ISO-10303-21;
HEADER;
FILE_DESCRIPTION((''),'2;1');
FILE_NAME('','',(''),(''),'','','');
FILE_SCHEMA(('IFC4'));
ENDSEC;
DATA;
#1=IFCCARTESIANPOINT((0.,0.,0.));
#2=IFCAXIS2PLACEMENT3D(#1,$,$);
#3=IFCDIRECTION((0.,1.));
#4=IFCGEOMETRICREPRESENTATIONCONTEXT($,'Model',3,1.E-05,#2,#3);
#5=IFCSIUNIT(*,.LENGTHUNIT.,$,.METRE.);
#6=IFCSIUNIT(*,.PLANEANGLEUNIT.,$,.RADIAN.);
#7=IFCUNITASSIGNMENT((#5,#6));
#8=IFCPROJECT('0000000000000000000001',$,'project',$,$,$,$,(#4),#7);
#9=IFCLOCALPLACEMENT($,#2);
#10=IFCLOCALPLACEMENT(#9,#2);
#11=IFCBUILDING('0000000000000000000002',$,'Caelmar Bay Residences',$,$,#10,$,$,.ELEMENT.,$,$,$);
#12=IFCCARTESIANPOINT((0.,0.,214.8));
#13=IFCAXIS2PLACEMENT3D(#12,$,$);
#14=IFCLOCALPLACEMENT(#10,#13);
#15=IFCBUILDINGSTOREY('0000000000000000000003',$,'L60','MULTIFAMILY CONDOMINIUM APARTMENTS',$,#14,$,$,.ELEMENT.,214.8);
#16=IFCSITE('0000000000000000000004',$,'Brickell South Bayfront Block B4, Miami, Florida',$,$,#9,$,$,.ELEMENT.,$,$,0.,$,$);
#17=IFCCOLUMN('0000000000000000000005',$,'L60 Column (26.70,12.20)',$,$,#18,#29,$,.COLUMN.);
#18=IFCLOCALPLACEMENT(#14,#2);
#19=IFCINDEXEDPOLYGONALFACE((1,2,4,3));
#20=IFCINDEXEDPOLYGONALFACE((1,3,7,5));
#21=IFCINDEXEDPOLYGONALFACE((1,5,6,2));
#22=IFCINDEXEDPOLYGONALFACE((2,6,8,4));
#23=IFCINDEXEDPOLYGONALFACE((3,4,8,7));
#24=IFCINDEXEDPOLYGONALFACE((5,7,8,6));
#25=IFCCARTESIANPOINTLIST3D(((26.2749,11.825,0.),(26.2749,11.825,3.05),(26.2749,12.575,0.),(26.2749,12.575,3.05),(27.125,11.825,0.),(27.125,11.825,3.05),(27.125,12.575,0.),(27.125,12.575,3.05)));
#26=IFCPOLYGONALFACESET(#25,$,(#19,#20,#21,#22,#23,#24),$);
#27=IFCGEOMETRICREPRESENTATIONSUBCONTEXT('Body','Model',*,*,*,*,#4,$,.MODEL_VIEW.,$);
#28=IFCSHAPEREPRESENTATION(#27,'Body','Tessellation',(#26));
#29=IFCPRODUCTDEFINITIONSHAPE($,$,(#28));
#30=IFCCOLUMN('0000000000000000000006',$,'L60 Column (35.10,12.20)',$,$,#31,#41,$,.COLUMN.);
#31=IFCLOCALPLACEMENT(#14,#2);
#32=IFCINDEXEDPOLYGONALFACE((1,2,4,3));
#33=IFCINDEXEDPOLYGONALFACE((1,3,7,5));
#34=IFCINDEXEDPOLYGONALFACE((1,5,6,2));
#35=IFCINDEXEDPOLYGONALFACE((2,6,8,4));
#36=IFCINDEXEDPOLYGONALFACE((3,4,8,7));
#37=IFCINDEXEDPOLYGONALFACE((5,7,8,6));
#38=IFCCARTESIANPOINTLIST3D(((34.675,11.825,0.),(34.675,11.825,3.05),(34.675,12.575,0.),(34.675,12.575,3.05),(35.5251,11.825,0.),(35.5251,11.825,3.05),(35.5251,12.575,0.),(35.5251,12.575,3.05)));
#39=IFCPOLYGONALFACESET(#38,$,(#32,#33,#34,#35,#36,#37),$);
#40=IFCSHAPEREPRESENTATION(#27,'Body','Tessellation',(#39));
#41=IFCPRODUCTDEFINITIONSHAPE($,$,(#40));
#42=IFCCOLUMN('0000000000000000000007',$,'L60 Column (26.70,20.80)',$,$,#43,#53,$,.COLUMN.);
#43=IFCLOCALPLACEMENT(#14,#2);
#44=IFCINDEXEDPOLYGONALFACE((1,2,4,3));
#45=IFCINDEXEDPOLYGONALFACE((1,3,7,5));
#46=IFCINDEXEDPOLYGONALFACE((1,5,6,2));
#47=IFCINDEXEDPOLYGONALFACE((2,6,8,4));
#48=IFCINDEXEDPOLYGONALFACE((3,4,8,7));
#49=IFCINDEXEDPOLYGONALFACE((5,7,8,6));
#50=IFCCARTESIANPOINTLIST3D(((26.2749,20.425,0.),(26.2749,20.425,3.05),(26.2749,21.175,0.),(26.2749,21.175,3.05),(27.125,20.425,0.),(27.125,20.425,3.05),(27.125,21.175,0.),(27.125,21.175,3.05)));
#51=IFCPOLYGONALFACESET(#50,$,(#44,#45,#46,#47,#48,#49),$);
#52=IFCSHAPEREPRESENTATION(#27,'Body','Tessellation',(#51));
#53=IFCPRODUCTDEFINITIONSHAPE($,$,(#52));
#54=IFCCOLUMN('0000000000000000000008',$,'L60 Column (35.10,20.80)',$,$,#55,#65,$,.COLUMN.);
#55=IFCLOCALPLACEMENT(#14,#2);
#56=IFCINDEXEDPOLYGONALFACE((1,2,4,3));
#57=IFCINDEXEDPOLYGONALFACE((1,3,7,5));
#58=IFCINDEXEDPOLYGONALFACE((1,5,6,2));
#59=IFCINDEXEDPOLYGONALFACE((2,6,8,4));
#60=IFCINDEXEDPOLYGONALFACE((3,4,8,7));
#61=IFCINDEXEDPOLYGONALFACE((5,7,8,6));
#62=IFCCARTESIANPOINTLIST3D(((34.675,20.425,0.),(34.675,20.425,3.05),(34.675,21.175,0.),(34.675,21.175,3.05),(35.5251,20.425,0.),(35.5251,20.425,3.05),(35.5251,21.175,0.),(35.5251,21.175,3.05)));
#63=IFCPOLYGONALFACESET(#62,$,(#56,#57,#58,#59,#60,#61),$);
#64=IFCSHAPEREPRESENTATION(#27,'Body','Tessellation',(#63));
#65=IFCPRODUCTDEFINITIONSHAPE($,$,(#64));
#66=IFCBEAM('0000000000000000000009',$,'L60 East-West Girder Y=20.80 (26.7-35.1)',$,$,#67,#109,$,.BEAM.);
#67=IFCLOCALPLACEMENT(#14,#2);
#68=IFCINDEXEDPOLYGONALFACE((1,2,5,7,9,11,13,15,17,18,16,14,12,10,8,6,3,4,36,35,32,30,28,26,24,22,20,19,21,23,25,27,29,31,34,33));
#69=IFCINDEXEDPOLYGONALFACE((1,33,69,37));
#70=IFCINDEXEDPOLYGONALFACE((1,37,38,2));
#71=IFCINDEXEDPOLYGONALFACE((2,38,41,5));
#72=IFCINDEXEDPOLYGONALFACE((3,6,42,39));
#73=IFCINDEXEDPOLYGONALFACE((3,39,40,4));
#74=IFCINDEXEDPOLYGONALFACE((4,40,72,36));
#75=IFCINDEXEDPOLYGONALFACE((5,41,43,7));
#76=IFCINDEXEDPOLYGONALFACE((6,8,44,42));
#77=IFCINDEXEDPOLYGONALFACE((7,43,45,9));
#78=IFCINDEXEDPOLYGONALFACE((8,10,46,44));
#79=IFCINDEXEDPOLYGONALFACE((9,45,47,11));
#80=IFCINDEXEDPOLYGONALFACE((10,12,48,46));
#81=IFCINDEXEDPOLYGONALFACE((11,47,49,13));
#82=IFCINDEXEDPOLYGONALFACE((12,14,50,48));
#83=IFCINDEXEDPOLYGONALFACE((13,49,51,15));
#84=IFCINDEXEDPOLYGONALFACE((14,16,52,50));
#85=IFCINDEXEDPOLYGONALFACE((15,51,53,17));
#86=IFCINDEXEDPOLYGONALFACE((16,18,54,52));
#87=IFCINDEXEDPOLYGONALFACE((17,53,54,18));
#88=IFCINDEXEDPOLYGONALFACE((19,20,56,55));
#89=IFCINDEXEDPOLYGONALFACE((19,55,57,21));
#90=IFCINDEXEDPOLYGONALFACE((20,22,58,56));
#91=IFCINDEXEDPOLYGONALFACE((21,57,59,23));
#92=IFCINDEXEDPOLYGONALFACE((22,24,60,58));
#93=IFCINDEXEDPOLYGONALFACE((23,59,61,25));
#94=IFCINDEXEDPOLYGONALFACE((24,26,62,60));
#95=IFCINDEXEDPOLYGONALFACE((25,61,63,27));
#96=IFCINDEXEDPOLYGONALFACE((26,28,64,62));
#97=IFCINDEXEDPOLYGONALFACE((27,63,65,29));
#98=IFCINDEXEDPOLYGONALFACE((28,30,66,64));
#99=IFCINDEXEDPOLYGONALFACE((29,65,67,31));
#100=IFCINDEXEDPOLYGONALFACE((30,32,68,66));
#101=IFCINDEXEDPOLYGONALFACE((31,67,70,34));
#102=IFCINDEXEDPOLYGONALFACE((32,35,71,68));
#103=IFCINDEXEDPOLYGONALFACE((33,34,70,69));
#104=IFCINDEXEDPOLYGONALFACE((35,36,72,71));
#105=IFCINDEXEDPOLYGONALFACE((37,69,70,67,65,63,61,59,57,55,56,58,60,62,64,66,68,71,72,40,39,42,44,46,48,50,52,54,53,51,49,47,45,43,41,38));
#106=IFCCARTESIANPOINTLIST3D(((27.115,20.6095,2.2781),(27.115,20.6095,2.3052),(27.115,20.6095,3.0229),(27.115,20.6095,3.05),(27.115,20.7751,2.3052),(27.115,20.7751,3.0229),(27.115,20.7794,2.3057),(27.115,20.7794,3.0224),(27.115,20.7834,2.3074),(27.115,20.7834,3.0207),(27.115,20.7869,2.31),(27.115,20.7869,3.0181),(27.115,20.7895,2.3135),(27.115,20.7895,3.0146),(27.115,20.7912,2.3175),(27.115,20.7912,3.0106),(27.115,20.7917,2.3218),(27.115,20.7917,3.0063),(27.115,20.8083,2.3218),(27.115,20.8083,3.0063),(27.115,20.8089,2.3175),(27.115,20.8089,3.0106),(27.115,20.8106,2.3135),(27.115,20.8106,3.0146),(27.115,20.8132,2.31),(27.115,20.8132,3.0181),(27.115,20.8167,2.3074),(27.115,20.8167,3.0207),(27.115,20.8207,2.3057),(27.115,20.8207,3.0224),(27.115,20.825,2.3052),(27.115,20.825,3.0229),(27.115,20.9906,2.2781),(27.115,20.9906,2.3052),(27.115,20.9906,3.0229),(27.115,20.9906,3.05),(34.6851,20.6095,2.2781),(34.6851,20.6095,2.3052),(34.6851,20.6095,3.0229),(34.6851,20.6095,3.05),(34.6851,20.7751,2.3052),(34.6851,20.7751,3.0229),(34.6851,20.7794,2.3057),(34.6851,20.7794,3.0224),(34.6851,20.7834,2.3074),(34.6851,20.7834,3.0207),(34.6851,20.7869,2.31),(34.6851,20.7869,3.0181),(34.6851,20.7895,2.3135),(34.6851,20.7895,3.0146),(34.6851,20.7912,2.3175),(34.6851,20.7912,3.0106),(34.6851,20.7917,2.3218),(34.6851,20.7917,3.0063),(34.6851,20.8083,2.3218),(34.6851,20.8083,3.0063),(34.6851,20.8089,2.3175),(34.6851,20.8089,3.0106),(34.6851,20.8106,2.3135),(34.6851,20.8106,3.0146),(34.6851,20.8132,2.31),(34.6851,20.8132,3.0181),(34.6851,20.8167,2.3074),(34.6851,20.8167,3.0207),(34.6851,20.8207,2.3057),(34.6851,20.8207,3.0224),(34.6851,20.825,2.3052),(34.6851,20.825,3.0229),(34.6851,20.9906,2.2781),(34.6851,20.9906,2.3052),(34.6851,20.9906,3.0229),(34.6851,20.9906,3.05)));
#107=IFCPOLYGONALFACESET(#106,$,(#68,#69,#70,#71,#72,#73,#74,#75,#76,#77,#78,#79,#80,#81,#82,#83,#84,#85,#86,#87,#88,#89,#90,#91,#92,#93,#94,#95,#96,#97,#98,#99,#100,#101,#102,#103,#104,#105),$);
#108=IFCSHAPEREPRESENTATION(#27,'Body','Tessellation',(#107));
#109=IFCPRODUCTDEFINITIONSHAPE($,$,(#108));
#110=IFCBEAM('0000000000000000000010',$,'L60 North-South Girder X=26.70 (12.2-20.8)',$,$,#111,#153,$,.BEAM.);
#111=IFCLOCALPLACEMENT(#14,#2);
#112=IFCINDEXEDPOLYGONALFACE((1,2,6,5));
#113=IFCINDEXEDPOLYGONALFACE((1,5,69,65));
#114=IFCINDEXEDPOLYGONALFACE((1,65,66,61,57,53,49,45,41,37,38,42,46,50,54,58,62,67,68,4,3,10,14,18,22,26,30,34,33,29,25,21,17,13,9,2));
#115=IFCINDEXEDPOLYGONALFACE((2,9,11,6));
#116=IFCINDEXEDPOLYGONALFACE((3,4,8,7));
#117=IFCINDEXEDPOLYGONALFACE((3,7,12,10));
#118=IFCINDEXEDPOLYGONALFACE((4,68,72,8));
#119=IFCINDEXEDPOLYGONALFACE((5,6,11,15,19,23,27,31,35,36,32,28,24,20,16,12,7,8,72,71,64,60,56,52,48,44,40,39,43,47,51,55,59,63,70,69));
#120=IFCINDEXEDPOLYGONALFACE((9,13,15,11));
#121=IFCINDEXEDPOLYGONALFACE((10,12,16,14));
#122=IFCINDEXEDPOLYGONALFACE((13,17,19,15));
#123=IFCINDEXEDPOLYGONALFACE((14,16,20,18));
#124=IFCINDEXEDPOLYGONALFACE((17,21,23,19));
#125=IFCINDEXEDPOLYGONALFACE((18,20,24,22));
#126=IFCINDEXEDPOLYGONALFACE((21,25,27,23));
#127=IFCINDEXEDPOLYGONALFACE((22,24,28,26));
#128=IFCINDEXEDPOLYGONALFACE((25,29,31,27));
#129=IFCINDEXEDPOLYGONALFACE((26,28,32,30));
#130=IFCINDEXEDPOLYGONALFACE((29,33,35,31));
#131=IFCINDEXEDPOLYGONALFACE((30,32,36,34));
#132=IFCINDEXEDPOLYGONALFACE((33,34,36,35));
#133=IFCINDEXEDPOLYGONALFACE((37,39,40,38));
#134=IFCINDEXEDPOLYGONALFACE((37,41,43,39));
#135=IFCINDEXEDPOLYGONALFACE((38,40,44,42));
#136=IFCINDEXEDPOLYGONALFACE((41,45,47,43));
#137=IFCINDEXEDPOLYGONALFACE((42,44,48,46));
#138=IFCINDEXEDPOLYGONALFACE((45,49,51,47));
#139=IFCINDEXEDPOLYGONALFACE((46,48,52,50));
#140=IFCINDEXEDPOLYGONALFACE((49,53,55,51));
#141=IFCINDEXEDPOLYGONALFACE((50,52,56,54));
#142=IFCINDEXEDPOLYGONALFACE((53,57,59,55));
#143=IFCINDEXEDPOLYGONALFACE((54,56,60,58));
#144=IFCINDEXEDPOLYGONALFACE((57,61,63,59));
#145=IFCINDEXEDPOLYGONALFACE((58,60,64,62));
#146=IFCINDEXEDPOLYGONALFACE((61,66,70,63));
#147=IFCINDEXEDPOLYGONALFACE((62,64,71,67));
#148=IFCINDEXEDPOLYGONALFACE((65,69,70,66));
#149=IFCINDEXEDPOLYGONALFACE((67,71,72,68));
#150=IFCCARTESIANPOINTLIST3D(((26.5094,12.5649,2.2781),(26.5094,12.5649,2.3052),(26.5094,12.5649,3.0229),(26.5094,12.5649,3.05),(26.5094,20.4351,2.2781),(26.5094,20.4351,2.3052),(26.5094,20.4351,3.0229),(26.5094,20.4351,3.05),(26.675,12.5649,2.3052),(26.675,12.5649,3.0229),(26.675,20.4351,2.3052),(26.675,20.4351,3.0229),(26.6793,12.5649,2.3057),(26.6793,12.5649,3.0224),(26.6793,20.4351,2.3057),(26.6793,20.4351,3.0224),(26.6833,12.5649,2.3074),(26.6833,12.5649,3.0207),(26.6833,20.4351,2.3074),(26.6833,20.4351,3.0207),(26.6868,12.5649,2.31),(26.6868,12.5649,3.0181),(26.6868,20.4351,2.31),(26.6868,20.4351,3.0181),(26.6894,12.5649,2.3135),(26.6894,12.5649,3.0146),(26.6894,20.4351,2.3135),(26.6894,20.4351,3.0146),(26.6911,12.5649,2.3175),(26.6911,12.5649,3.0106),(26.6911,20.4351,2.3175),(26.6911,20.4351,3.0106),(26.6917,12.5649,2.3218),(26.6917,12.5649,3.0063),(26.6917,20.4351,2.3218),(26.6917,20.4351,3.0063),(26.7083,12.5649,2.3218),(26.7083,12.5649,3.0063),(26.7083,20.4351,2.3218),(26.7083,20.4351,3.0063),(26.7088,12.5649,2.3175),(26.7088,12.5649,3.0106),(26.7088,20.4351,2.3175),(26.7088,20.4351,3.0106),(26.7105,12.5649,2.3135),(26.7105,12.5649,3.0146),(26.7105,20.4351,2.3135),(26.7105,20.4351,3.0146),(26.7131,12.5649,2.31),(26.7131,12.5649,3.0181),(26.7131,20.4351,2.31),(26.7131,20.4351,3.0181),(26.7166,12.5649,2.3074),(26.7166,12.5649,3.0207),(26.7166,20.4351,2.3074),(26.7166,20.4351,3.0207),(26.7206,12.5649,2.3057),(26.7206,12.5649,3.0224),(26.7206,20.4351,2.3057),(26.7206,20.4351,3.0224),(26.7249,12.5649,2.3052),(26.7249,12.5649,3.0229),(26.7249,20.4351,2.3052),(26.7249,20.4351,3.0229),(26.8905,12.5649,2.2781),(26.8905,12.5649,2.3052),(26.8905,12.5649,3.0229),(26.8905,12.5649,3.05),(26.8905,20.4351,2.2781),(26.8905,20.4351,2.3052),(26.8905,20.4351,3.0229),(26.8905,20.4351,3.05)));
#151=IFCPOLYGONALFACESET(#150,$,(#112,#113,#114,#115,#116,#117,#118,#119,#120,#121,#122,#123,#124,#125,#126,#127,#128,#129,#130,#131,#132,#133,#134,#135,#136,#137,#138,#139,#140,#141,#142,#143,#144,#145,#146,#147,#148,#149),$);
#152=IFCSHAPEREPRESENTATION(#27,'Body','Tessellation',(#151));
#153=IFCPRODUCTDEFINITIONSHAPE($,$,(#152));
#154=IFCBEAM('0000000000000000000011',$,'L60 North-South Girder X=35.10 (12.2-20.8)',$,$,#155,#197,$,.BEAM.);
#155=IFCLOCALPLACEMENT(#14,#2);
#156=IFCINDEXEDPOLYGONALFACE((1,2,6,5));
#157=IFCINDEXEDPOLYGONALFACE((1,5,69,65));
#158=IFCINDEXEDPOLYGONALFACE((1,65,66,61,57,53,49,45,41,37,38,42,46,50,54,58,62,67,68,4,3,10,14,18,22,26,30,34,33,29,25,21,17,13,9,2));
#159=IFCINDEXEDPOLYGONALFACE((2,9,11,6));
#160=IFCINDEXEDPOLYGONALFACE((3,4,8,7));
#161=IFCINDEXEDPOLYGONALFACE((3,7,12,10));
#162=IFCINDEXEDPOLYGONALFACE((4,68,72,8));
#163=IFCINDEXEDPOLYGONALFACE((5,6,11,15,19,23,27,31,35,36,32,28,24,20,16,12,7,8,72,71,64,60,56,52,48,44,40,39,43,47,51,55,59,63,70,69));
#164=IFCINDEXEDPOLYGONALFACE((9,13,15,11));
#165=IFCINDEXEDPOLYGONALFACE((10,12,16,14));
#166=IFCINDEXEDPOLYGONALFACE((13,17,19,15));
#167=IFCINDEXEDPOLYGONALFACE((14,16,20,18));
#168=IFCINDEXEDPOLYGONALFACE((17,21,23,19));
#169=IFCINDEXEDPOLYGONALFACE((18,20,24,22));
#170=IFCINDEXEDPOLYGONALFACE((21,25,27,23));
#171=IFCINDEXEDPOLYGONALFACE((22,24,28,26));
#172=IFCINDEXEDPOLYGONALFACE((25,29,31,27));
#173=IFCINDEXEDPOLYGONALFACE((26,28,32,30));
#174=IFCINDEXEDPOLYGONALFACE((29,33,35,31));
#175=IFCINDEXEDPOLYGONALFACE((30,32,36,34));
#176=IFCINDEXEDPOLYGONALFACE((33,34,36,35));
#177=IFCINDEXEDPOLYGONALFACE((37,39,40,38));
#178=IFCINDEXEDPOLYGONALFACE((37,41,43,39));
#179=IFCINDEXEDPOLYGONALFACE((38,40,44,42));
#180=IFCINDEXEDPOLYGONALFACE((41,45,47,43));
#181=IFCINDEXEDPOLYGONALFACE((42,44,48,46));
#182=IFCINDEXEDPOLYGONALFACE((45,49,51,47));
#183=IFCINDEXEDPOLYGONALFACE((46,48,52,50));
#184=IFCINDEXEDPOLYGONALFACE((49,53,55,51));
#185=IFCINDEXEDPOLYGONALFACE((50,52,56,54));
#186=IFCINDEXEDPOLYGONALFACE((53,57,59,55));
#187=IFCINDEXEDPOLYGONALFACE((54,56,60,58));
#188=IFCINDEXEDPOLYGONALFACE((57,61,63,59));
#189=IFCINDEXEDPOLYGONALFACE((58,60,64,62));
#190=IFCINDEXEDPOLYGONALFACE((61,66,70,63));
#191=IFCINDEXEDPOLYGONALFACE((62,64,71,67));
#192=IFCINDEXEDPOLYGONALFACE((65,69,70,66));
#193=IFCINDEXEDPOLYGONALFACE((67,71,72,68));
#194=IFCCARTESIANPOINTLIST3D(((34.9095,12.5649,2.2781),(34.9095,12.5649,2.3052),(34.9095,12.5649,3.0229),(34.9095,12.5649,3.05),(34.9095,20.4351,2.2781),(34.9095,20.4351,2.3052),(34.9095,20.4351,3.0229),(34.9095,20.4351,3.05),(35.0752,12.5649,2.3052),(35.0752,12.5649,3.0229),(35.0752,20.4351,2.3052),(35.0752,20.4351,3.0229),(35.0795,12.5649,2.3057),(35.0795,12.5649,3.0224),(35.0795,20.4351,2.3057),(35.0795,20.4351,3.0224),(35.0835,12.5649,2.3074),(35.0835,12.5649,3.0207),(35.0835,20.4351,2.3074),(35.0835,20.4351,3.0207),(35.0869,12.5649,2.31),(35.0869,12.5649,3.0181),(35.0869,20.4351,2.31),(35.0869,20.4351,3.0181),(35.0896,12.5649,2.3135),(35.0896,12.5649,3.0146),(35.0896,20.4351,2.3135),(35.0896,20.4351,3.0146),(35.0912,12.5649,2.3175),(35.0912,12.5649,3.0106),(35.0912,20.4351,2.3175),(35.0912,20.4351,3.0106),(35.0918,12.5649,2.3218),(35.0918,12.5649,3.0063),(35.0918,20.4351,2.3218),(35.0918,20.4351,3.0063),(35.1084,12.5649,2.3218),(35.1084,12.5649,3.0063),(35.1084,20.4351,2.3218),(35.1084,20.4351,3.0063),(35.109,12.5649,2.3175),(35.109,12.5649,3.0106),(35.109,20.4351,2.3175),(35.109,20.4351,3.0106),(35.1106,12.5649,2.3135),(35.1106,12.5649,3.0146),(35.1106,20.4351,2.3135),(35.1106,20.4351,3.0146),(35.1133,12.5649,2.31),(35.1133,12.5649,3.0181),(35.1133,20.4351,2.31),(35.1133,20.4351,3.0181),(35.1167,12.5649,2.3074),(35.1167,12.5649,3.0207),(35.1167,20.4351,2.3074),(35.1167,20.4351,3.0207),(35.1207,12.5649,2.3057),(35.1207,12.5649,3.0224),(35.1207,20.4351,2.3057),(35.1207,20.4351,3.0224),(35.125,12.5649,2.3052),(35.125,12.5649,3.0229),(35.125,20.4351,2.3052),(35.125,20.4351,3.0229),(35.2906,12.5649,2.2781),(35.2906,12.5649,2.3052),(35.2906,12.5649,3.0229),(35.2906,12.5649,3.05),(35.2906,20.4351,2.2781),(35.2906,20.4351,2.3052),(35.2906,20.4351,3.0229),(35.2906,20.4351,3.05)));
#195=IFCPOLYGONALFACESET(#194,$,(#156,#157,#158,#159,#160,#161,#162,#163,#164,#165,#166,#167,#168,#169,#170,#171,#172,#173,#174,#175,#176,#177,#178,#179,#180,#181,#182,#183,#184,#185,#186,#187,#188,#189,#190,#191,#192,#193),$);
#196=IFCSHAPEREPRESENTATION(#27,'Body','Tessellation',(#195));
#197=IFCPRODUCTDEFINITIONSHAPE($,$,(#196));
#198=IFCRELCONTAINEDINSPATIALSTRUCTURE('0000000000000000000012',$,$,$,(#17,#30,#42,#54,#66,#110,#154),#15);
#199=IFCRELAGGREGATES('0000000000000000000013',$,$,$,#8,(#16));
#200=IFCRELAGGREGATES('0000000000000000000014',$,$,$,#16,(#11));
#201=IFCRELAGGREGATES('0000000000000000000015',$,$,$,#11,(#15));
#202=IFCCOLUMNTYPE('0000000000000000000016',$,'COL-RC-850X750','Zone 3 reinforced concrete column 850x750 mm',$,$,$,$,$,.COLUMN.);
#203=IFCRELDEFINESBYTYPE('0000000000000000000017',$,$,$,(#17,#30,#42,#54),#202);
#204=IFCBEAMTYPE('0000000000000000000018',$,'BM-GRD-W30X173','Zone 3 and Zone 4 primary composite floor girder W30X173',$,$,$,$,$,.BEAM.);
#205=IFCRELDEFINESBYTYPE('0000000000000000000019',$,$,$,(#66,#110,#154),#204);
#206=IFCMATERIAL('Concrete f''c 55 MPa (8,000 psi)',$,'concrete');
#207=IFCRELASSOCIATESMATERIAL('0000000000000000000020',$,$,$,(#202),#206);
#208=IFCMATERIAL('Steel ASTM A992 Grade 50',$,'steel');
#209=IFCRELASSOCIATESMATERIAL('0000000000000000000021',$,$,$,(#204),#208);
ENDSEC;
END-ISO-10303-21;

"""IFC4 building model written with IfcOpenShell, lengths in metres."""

from ifc_helpers import new_model, si_unit, direction, frame, origin, origin_2d, place, context, subcontext, project, spatial, rectangle, i_section, extrude, material, material_profile, profile_set, type_object, element, save


model = new_model("IFC4")

# Units and contexts
model_context = context("Model", 3, precision=1e-05, world=origin(), true_north=direction((0.0, 1.0)))
body_context = subcontext(model_context, "Body", "Model", "MODEL_VIEW")
ifc_project = project(units=[si_unit("LENGTHUNIT", "METRE"), si_unit("PLANEANGLEUNIT", "RADIAN")], contexts=[model_context])

# Site, building, storey
site_placement = place(None, origin())
site = spatial("IfcSite", under=ifc_project, at=site_placement, Name="Brickell South Bayfront Block B4, Miami, Florida", CompositionType="ELEMENT", RefElevation=0.0)
building_placement = place(site_placement, origin())
building = spatial("IfcBuilding", under=site, at=building_placement, Name="Caelmar Bay Residences", CompositionType="ELEMENT")
storey_placement = place(building_placement, frame((0.0, 0.0, 214.8)))
storey = spatial("IfcBuildingStorey", under=building, at=storey_placement, Name="L60", Description="MULTIFAMILY CONDOMINIUM APARTMENTS", CompositionType="ELEMENT", Elevation=214.8)

# Columns
ifc_material_1 = material(Name="Concrete f'c 55 MPa (8,000 psi)", Category="concrete")
ifc_material_profile_1 = material_profile(ifc_material_1, rectangle(XDim=0.8501, YDim=0.75, at=origin_2d()), Name="RC-COL-850X750")
ifc_profile_set_1 = profile_set([ifc_material_profile_1], Name="Concrete f'c 55 MPa (8,000 psi)")
column_type = type_object("IfcColumnType", Name="COL-RC-850X750", Description="Zone 3 reinforced concrete column 850x750 mm", PredefinedType="COLUMN", material=ifc_profile_set_1)
for number, where, z_axis, x_axis, name in (
    (1, (26.7, 12.2, 0.0), (0.0, 0.0, 1.0), (1.0, 0.0, 0.0), "L60 Column (26.70,12.20)"),
    (2, (35.1001, 12.2, 0.0), (0.0, 0.0, 1.0), (1.0, 0.0, 0.0), "L60 Column (35.10,12.20)"),
    (3, (26.7, 20.8, 0.0), (0.0, 0.0, 1.0), (1.0, 0.0, 0.0), "L60 Column (26.70,20.80)"),
    (4, (35.1001, 20.8, 0.0), (0.0, 0.0, 1.0), (1.0, 0.0, 0.0), "L60 Column (35.10,20.80)"),
):
    element("IfcColumn", number, at=place(storey_placement, frame(where, z_axis=z_axis, x_axis=x_axis)), inside=storey, type_object=column_type, Name=name, PredefinedType="COLUMN", context=body_context, shape_type="SweptSolid", body=[
        extrude(rectangle(XDim=0.8501, YDim=0.75, at=origin_2d()), origin(), (0.0, 0.0, 1.0), 3.05),
    ])

# Beams
ifc_material_2 = material(Name="Steel ASTM A992 Grade 50", Category="steel")
ifc_material_profile_2 = material_profile(ifc_material_2, i_section(OverallWidth=0.3811, OverallDepth=0.772, WebThickness=0.0166, FlangeThickness=0.0271, FilletRadius=0.0166, at=origin_2d()), Name="W30X173")
ifc_profile_set_2 = profile_set([ifc_material_profile_2], Name="Steel ASTM A992 Grade 50")
beam_type_1 = type_object("IfcBeamType", Name="BM-GRD-W30X173", Description="Zone 3 and Zone 4 primary composite floor girder W30X173", PredefinedType="BEAM", material=ifc_profile_set_2)
beam_1_placement = place(storey_placement, frame((27.115, 20.8, 2.6641), z_axis=(1.0, 0.0, 0.0), x_axis=(0.0, 1.0, 0.0)))
element("IfcBeam", 5, at=beam_1_placement, inside=storey, type_object=beam_type_1, Name="L60 East-West Girder Y=20.80 (26.7-35.1)", PredefinedType="BEAM", context=body_context, shape_type="SweptSolid", body=[
    extrude(i_section(OverallWidth=0.3811, OverallDepth=0.772, WebThickness=0.0166, FlangeThickness=0.0271, FilletRadius=0.0166, at=origin_2d()), origin(), (0.0, 0.0, 1.0), 7.5701),
])
for number, where, z_axis, x_axis, name in (
    (6, (26.7, 12.5649, 2.6641), (0.0, 1.0, 0.0), (-1.0, 0.0, 0.0), "L60 North-South Girder X=26.70 (12.2-20.8)"),
    (7, (35.1001, 12.5649, 2.6641), (0.0, 1.0, 0.0), (-1.0, 0.0, 0.0), "L60 North-South Girder X=35.10 (12.2-20.8)"),
):
    element("IfcBeam", number, at=place(storey_placement, frame(where, z_axis=z_axis, x_axis=x_axis)), inside=storey, type_object=beam_type_1, Name=name, PredefinedType="BEAM", context=body_context, shape_type="SweptSolid", body=[
        extrude(i_section(OverallWidth=0.3811, OverallDepth=0.772, WebThickness=0.0166, FlangeThickness=0.0271, FilletRadius=0.0166, at=origin_2d()), origin(), (0.0, 0.0, 1.0), 7.8701),
    ])

save(model, "model.ifc")
